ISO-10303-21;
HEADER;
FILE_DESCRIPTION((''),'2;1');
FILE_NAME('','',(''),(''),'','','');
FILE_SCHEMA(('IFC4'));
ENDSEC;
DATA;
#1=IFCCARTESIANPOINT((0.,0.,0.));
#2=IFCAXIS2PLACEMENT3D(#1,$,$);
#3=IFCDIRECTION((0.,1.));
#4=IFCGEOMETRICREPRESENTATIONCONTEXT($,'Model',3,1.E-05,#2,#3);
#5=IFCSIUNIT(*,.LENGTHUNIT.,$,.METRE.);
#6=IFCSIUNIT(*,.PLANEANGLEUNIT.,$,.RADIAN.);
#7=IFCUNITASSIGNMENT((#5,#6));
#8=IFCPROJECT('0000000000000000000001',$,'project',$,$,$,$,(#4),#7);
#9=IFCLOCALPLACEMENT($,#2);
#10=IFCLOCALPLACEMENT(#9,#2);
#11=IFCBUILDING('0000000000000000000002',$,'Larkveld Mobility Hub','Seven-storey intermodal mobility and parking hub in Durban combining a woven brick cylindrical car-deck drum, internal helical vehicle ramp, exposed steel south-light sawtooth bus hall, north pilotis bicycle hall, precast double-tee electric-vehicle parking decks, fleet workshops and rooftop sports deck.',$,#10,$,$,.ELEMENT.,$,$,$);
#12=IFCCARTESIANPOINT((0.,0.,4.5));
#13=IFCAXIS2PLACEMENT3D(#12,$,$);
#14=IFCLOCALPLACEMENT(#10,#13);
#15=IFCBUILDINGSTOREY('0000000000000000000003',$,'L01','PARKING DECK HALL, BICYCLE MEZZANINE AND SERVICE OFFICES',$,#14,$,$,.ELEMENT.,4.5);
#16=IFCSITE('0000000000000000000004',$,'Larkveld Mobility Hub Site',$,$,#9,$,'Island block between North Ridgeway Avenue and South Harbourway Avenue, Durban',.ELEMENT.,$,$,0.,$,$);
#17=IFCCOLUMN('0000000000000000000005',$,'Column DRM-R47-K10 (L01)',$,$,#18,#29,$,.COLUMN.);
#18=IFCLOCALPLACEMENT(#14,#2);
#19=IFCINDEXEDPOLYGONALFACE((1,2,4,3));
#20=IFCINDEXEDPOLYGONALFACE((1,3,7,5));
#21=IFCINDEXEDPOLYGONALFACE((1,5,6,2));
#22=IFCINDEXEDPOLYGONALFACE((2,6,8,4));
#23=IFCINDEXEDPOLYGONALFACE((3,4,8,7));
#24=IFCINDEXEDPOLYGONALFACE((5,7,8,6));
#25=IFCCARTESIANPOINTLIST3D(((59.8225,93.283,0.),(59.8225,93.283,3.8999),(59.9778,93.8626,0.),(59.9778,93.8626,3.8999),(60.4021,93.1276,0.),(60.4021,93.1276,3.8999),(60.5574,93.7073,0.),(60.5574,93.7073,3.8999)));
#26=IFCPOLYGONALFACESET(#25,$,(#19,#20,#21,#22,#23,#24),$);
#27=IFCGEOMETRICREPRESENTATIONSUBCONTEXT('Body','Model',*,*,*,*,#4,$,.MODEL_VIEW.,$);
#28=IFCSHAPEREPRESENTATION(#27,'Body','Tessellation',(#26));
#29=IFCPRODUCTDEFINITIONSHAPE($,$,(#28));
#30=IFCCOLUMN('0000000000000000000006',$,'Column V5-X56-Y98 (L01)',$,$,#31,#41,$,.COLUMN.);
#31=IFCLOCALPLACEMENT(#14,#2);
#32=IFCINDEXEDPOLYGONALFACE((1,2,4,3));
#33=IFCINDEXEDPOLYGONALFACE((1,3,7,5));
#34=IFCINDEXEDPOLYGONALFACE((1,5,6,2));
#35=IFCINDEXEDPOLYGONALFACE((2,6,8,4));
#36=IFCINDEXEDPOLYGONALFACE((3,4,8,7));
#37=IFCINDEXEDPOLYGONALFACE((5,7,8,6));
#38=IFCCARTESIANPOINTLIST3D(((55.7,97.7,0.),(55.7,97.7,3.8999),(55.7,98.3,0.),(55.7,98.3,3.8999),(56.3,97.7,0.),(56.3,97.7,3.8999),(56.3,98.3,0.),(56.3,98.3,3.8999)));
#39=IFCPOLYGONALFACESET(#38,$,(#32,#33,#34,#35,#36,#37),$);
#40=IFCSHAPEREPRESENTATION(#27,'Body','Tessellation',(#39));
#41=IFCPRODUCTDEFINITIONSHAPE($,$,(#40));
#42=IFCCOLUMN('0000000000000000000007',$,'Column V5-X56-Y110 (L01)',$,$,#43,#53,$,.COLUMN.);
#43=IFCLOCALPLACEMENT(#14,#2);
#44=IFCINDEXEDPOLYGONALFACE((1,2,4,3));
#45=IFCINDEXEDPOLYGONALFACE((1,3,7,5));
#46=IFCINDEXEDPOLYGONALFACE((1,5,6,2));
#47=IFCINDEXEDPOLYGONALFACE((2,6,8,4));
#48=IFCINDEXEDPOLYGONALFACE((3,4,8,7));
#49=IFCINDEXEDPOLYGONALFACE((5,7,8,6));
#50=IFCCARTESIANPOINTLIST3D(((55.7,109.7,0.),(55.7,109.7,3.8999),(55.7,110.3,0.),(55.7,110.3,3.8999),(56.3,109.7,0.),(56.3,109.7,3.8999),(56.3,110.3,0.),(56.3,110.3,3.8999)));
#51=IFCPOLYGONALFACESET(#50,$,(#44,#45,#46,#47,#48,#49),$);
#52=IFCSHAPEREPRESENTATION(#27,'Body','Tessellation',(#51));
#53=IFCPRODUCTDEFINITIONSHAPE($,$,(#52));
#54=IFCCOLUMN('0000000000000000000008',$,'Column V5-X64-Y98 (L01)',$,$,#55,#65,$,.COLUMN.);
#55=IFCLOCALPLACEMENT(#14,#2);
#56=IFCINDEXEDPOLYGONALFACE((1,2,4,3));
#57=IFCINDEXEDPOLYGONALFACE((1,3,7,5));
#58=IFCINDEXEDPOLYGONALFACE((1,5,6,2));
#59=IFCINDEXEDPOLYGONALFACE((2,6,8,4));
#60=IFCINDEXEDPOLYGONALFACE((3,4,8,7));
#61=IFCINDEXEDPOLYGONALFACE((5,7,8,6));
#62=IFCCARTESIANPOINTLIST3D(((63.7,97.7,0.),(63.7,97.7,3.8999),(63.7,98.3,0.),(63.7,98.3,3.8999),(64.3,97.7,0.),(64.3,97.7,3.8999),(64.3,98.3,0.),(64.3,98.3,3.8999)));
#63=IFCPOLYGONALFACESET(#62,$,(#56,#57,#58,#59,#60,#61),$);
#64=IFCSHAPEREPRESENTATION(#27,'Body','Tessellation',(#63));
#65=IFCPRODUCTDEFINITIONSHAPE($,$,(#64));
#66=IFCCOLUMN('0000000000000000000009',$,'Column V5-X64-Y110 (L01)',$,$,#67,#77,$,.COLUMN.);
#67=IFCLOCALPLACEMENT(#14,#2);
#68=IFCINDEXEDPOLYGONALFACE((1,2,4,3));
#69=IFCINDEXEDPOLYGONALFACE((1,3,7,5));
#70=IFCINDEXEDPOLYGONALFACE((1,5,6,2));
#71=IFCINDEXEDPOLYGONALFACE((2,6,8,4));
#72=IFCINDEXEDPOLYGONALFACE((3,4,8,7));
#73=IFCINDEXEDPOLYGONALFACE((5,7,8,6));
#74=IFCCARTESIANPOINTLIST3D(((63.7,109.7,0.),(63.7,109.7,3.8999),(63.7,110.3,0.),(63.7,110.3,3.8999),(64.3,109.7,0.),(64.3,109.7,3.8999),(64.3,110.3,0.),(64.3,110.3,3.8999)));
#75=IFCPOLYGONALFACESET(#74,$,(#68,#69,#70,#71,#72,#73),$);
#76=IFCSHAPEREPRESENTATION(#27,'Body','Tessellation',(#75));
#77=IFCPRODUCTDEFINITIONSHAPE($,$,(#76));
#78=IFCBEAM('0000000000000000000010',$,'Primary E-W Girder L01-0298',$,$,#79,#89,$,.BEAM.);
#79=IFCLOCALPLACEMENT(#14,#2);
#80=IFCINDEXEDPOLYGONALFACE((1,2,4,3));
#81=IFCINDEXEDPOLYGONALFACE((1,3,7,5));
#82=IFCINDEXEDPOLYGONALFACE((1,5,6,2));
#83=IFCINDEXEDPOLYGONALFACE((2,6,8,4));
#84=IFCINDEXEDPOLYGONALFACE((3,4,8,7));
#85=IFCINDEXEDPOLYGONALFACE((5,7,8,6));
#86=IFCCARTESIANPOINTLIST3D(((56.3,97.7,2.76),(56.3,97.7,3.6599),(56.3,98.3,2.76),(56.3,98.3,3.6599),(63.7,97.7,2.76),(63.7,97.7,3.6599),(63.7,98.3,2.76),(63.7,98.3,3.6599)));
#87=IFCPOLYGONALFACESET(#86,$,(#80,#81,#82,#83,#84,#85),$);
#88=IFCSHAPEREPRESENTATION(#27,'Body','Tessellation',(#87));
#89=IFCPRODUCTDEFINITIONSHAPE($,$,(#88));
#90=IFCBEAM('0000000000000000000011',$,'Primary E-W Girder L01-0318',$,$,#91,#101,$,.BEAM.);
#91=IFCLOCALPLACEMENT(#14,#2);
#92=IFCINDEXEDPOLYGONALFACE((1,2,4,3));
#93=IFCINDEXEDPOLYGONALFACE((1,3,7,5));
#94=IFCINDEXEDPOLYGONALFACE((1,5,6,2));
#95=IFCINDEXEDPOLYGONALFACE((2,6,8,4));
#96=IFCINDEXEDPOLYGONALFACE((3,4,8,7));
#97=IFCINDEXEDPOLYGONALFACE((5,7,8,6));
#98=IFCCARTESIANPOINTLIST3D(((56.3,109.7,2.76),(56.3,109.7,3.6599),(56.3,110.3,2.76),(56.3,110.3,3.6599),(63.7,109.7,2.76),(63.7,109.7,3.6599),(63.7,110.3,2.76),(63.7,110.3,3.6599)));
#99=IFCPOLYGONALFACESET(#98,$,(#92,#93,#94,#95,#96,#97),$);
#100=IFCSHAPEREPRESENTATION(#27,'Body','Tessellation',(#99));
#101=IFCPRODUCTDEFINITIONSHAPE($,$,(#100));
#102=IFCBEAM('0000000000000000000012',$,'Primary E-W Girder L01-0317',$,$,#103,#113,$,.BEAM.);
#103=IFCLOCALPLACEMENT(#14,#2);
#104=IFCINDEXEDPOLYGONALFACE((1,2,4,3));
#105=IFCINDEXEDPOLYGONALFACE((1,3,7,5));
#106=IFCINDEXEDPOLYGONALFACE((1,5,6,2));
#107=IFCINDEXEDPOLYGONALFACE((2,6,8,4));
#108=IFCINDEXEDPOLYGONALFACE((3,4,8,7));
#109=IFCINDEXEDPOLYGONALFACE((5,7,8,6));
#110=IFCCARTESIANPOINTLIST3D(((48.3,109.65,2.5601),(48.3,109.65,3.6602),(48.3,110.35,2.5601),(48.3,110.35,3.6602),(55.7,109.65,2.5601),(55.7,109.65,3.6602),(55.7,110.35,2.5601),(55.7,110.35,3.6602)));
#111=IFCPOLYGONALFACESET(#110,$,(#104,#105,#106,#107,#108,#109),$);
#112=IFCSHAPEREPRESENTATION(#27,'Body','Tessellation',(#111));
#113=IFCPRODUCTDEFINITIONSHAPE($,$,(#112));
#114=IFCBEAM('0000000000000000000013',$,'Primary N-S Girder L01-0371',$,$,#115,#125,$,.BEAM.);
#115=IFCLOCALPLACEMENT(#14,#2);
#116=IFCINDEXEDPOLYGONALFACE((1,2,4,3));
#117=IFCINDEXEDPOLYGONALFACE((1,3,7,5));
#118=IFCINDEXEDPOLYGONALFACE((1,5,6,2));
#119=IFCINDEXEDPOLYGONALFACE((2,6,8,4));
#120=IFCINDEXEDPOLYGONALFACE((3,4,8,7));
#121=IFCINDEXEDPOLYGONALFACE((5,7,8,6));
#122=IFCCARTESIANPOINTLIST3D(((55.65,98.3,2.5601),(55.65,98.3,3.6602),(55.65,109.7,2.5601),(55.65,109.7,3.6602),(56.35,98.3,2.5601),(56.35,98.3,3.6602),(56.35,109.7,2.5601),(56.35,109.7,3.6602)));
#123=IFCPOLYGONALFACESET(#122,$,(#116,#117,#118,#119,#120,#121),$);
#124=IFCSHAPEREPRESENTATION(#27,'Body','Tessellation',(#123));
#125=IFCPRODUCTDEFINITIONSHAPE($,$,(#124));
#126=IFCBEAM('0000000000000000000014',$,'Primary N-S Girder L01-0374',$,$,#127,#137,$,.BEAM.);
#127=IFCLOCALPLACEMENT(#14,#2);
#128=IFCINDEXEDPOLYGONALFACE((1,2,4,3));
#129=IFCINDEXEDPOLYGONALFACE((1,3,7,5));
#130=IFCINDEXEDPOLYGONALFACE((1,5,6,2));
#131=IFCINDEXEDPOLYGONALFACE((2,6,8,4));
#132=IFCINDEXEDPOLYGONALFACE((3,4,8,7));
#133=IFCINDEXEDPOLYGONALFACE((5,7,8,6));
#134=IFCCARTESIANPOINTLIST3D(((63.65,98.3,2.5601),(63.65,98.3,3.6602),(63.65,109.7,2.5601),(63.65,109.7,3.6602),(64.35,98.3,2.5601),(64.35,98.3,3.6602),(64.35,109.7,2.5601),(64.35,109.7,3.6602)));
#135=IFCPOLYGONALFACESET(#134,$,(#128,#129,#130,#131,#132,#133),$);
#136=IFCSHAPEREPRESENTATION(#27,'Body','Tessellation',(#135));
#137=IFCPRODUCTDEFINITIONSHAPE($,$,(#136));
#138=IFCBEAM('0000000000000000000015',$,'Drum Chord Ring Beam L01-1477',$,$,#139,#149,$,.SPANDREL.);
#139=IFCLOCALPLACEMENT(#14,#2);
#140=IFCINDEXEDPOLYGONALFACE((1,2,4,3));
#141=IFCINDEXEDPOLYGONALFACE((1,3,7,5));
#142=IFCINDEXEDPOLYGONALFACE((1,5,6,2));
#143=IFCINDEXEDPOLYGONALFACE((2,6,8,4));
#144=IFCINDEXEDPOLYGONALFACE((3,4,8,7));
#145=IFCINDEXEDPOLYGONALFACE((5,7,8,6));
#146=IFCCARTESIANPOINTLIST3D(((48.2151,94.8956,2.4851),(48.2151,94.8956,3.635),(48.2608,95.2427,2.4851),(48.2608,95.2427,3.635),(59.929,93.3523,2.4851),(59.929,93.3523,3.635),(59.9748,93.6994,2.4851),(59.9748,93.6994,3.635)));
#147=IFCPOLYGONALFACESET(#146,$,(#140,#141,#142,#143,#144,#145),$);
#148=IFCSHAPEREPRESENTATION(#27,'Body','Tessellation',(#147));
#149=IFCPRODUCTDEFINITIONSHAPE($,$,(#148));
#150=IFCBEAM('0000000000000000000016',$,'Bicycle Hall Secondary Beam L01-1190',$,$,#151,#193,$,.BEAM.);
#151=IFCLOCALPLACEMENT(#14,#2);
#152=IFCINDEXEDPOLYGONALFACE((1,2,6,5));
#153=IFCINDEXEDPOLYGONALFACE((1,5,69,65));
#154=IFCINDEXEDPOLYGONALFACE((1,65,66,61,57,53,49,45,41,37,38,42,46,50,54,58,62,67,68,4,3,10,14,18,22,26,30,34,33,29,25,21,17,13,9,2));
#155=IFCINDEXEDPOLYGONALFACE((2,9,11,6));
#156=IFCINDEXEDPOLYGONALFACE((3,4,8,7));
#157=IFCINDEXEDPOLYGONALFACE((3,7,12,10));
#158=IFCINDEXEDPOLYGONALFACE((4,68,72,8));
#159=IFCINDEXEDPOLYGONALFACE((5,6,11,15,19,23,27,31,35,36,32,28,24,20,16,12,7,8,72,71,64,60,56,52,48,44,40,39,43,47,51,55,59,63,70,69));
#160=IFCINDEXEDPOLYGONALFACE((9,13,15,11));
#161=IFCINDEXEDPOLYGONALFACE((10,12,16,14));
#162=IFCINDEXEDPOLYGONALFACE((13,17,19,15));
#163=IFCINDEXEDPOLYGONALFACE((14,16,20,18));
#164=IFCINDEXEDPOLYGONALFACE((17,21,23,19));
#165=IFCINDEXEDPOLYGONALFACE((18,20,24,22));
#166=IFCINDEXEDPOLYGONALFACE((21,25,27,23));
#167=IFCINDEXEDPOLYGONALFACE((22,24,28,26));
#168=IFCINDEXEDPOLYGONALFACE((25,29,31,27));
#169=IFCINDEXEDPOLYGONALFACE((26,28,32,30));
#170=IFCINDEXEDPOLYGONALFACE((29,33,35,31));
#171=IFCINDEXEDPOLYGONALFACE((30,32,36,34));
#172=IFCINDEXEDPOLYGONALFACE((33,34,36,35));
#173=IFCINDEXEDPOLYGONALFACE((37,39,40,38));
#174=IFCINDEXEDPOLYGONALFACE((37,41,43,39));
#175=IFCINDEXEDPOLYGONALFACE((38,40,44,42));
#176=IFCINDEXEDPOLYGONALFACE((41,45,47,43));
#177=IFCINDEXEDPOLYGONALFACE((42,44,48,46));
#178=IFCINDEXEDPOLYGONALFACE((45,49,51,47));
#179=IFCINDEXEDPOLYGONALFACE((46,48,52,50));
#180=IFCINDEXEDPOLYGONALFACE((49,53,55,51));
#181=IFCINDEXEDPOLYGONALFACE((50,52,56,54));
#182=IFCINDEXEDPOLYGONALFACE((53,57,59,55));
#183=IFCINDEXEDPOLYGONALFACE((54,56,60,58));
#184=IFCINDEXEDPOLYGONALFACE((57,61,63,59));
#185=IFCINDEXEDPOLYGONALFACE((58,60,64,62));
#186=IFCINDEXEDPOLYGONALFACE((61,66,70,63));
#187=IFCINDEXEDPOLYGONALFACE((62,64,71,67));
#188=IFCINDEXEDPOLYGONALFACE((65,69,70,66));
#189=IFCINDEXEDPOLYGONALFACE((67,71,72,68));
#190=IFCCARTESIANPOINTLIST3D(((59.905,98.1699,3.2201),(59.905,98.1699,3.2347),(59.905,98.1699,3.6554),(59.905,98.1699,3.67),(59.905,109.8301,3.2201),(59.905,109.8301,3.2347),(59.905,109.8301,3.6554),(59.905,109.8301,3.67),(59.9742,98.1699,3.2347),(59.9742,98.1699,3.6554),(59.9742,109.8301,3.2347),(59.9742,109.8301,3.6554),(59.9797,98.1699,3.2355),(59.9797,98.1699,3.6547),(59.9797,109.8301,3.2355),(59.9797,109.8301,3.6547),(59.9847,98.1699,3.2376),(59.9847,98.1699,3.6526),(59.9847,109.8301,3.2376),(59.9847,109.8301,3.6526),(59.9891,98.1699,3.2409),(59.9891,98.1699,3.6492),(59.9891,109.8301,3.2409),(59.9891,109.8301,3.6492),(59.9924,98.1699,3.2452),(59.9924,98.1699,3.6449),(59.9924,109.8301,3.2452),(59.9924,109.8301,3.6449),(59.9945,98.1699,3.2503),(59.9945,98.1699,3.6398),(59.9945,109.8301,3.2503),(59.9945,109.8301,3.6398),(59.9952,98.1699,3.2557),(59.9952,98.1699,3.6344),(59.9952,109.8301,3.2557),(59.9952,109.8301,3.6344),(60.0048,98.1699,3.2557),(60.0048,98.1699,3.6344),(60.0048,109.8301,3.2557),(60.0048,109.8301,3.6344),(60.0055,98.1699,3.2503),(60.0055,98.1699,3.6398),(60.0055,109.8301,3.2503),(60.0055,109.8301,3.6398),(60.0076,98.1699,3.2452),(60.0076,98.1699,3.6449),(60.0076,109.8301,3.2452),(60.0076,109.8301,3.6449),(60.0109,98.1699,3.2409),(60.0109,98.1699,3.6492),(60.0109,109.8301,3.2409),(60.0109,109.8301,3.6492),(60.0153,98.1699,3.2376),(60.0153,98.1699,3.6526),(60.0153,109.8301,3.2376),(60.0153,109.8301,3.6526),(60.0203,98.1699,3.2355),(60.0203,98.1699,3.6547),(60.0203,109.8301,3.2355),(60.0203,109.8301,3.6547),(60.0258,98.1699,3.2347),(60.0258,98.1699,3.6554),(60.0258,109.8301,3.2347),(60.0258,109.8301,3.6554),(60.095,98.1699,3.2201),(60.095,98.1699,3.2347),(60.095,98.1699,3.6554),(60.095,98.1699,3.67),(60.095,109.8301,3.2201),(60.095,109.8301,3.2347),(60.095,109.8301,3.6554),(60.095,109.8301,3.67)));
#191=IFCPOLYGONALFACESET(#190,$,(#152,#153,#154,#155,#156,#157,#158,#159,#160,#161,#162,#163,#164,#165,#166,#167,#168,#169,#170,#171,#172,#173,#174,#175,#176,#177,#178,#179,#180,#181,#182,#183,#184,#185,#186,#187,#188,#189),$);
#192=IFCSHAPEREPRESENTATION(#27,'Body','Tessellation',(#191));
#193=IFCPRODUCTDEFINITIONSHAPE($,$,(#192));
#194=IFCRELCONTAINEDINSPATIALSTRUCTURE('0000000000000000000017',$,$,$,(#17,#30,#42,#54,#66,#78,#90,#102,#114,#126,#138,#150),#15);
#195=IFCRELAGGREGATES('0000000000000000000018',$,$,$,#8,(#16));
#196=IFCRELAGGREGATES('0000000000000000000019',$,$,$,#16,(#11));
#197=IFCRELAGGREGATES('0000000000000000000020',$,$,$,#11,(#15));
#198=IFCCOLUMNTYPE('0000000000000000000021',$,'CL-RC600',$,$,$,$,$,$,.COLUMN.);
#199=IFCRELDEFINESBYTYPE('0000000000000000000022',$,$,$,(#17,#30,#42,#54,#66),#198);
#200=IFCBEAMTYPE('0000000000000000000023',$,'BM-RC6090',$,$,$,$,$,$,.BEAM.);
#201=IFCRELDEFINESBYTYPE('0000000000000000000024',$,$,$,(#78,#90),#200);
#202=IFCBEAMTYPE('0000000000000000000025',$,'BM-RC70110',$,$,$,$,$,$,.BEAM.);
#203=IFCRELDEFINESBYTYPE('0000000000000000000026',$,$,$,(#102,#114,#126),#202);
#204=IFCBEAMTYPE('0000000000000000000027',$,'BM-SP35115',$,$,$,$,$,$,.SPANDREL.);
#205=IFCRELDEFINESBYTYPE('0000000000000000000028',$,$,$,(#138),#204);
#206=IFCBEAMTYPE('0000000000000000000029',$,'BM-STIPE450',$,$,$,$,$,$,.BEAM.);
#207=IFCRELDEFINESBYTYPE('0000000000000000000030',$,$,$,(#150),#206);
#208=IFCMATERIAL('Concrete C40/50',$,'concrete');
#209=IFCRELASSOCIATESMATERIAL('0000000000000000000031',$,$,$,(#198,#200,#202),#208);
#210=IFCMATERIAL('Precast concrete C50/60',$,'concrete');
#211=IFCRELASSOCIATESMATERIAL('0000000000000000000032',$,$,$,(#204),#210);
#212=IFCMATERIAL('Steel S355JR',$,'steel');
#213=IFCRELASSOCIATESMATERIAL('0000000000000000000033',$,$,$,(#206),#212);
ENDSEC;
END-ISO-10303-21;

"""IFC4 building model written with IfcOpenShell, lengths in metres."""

from ifc_helpers import new_model, si_unit, direction, frame, origin, origin_2d, place, context, subcontext, project, spatial, rectangle, i_section, extrude, material, material_profile, profile_set, type_object, element, save


model = new_model("IFC4")

# Units and contexts
model_context = context("Model", 3, precision=1e-05, world=origin(), true_north=direction((0.0, 1.0)))
body_context = subcontext(model_context, "Body", "Model", "MODEL_VIEW")
ifc_project = project(units=[si_unit("LENGTHUNIT", "METRE"), si_unit("PLANEANGLEUNIT", "RADIAN")], contexts=[model_context])

# Site, building, storey
site_placement = place(None, origin())
site = spatial("IfcSite", under=ifc_project, at=site_placement, Name="Larkveld Mobility Hub Site", LongName="Island block between North Ridgeway Avenue and South Harbourway Avenue, Durban", CompositionType="ELEMENT", RefElevation=0.0)
building_placement = place(site_placement, origin())
building = spatial("IfcBuilding", under=site, at=building_placement, Name="Larkveld Mobility Hub", Description="Seven-storey intermodal mobility and parking hub in Durban combining a woven brick cylindrical car-deck drum, internal helical vehicle ramp, exposed steel south-light sawtooth bus hall, north pilotis bicycle hall, precast double-tee electric-vehicle parking decks, fleet workshops and rooftop sports deck.", CompositionType="ELEMENT")
storey_placement = place(building_placement, frame((0.0, 0.0, 4.5)))
storey = spatial("IfcBuildingStorey", under=building, at=storey_placement, Name="L01", Description="PARKING DECK HALL, BICYCLE MEZZANINE AND SERVICE OFFICES", CompositionType="ELEMENT", Elevation=4.5)

# Columns
ifc_material_1 = material(Name="Concrete C40/50", Category="concrete")
ifc_material_profile_1 = material_profile(ifc_material_1, rectangle(XDim=0.6001, YDim=0.6001, at=origin_2d()), Name="RC COL 600x600")
ifc_profile_set_1 = profile_set([ifc_material_profile_1], Name="Concrete C40/50")
column_type = type_object("IfcColumnType", Name="CL-RC600", PredefinedType="COLUMN", material=ifc_profile_set_1)
for number, where, z_axis, x_axis, name in (
    (1, (60.1899, 93.4951, 0.0), (0.0, 0.0, 1.0), (0.258819, 0.965926, 0.0), "Column DRM-R47-K10 (L01)"),
    (2, (56.0, 98.0, 0.0), (0.0, 0.0, 1.0), (1.0, 0.0, 0.0), "Column V5-X56-Y98 (L01)"),
    (3, (56.0, 110.0, 0.0), (0.0, 0.0, 1.0), (1.0, 0.0, 0.0), "Column V5-X56-Y110 (L01)"),
    (4, (64.0, 98.0, 0.0), (0.0, 0.0, 1.0), (1.0, 0.0, 0.0), "Column V5-X64-Y98 (L01)"),
    (5, (64.0, 110.0, 0.0), (0.0, 0.0, 1.0), (1.0, 0.0, 0.0), "Column V5-X64-Y110 (L01)"),
):
    element("IfcColumn", number, at=place(storey_placement, frame(where, z_axis=z_axis, x_axis=x_axis)), inside=storey, type_object=column_type, Name=name, PredefinedType="COLUMN", context=body_context, shape_type="SweptSolid", body=[
        extrude(rectangle(XDim=0.6001, YDim=0.6001, at=origin_2d()), origin(), (0.0, 0.0, 1.0), 3.8999),
    ])

# Beams
ifc_material_profile_2 = material_profile(ifc_material_1, rectangle(XDim=0.6001, YDim=0.8999, at=origin_2d()), Name="RC BM 600x900")
ifc_profile_set_2 = profile_set([ifc_material_profile_2], Name="Concrete C40/50")
beam_type_1 = type_object("IfcBeamType", Name="BM-RC6090", PredefinedType="BEAM", material=ifc_profile_set_2)
for number, where, z_axis, x_axis, name in (
    (6, (56.3, 98.0, 3.21), (1.0, 0.0, 0.0), (0.0, 1.0, 0.0), "Primary E-W Girder L01-0298"),
    (7, (56.3, 110.0, 3.21), (1.0, 0.0, 0.0), (0.0, 1.0, 0.0), "Primary E-W Girder L01-0318"),
):
    element("IfcBeam", number, at=place(storey_placement, frame(where, z_axis=z_axis, x_axis=x_axis)), inside=storey, type_object=beam_type_1, Name=name, PredefinedType="BEAM", context=body_context, shape_type="SweptSolid", body=[
        extrude(rectangle(XDim=0.6001, YDim=0.8999, at=origin_2d()), origin(), (0.0, 0.0, 1.0), 7.3999),
    ])
ifc_material_profile_3 = material_profile(ifc_material_1, rectangle(XDim=0.7, YDim=1.1001, at=origin_2d()), Name="RC BM 700x1100")
ifc_profile_set_3 = profile_set([ifc_material_profile_3], Name="Concrete C40/50")
beam_type_2 = type_object("IfcBeamType", Name="BM-RC70110", PredefinedType="BEAM", material=ifc_profile_set_3)
beam_1_placement = place(storey_placement, frame((48.3, 110.0, 3.1101), z_axis=(1.0, 0.0, 0.0), x_axis=(0.0, 1.0, 0.0)))
element("IfcBeam", 8, at=beam_1_placement, inside=storey, type_object=beam_type_2, Name="Primary E-W Girder L01-0317", PredefinedType="BEAM", context=body_context, shape_type="SweptSolid", body=[
    extrude(rectangle(XDim=0.7, YDim=1.1001, at=origin_2d()), origin(), (0.0, 0.0, 1.0), 7.3999),
])
for number, where, z_axis, x_axis, name in (
    (9, (56.0, 98.3, 3.1101), (0.0, 1.0, 0.0), (-1.0, 0.0, 0.0), "Primary N-S Girder L01-0371"),
    (10, (64.0, 98.3, 3.1101), (0.0, 1.0, 0.0), (-1.0, 0.0, 0.0), "Primary N-S Girder L01-0374"),
):
    element("IfcBeam", number, at=place(storey_placement, frame(where, z_axis=z_axis, x_axis=x_axis)), inside=storey, type_object=beam_type_2, Name=name, PredefinedType="BEAM", context=body_context, shape_type="SweptSolid", body=[
        extrude(rectangle(XDim=0.7, YDim=1.1001, at=origin_2d()), origin(), (0.0, 0.0, 1.0), 11.3999),
    ])
ifc_material_2 = material(Name="Precast concrete C50/60", Category="concrete")
ifc_material_profile_4 = material_profile(ifc_material_2, rectangle(XDim=0.3501, YDim=1.1499, at=origin_2d()), Name="PC SP 350x1150")
ifc_profile_set_4 = profile_set([ifc_material_profile_4], Name="Precast concrete C50/60")
beam_type_3 = type_object("IfcBeamType", Name="BM-SP35115", PredefinedType="SPANDREL", material=ifc_profile_set_4)
beam_2_placement = place(storey_placement, frame((59.9519, 93.5259, 3.0601), z_axis=(-0.991433, 0.130614, 0.0), x_axis=(-0.130614, -0.991433, 0.0)))
element("IfcBeam", 11, at=beam_2_placement, inside=storey, type_object=beam_type_3, Name="Drum Chord Ring Beam L01-1477", PredefinedType="SPANDREL", context=body_context, shape_type="SweptSolid", body=[
    extrude(rectangle(XDim=0.3501, YDim=1.1499, at=origin_2d()), origin(), (0.0, 0.0, 1.0), 11.8152),
])
ifc_material_3 = material(Name="Steel S355JR", Category="steel")
ifc_material_profile_5 = material_profile(ifc_material_3, i_section(OverallWidth=0.1899, OverallDepth=0.45, WebThickness=0.0095, FlangeThickness=0.0146, FilletRadius=0.021, at=origin_2d()), Name="IPE 450")
ifc_profile_set_5 = profile_set([ifc_material_profile_5], Name="Steel S355JR")
beam_type_4 = type_object("IfcBeamType", Name="BM-STIPE450", PredefinedType="BEAM", material=ifc_profile_set_5)
beam_3_placement = place(storey_placement, frame((60.0, 98.1699, 3.4451), z_axis=(0.0, 1.0, 0.0), x_axis=(-1.0, 0.0, 0.0)))
element("IfcBeam", 12, at=beam_3_placement, inside=storey, type_object=beam_type_4, Name="Bicycle Hall Secondary Beam L01-1190", PredefinedType="BEAM", context=body_context, shape_type="SweptSolid", body=[
    extrude(i_section(OverallWidth=0.1899, OverallDepth=0.45, WebThickness=0.0095, FlangeThickness=0.0146, FilletRadius=0.021, at=origin_2d()), origin(), (0.0, 0.0, 1.0), 11.6602),
])

save(model, "model.ifc")
